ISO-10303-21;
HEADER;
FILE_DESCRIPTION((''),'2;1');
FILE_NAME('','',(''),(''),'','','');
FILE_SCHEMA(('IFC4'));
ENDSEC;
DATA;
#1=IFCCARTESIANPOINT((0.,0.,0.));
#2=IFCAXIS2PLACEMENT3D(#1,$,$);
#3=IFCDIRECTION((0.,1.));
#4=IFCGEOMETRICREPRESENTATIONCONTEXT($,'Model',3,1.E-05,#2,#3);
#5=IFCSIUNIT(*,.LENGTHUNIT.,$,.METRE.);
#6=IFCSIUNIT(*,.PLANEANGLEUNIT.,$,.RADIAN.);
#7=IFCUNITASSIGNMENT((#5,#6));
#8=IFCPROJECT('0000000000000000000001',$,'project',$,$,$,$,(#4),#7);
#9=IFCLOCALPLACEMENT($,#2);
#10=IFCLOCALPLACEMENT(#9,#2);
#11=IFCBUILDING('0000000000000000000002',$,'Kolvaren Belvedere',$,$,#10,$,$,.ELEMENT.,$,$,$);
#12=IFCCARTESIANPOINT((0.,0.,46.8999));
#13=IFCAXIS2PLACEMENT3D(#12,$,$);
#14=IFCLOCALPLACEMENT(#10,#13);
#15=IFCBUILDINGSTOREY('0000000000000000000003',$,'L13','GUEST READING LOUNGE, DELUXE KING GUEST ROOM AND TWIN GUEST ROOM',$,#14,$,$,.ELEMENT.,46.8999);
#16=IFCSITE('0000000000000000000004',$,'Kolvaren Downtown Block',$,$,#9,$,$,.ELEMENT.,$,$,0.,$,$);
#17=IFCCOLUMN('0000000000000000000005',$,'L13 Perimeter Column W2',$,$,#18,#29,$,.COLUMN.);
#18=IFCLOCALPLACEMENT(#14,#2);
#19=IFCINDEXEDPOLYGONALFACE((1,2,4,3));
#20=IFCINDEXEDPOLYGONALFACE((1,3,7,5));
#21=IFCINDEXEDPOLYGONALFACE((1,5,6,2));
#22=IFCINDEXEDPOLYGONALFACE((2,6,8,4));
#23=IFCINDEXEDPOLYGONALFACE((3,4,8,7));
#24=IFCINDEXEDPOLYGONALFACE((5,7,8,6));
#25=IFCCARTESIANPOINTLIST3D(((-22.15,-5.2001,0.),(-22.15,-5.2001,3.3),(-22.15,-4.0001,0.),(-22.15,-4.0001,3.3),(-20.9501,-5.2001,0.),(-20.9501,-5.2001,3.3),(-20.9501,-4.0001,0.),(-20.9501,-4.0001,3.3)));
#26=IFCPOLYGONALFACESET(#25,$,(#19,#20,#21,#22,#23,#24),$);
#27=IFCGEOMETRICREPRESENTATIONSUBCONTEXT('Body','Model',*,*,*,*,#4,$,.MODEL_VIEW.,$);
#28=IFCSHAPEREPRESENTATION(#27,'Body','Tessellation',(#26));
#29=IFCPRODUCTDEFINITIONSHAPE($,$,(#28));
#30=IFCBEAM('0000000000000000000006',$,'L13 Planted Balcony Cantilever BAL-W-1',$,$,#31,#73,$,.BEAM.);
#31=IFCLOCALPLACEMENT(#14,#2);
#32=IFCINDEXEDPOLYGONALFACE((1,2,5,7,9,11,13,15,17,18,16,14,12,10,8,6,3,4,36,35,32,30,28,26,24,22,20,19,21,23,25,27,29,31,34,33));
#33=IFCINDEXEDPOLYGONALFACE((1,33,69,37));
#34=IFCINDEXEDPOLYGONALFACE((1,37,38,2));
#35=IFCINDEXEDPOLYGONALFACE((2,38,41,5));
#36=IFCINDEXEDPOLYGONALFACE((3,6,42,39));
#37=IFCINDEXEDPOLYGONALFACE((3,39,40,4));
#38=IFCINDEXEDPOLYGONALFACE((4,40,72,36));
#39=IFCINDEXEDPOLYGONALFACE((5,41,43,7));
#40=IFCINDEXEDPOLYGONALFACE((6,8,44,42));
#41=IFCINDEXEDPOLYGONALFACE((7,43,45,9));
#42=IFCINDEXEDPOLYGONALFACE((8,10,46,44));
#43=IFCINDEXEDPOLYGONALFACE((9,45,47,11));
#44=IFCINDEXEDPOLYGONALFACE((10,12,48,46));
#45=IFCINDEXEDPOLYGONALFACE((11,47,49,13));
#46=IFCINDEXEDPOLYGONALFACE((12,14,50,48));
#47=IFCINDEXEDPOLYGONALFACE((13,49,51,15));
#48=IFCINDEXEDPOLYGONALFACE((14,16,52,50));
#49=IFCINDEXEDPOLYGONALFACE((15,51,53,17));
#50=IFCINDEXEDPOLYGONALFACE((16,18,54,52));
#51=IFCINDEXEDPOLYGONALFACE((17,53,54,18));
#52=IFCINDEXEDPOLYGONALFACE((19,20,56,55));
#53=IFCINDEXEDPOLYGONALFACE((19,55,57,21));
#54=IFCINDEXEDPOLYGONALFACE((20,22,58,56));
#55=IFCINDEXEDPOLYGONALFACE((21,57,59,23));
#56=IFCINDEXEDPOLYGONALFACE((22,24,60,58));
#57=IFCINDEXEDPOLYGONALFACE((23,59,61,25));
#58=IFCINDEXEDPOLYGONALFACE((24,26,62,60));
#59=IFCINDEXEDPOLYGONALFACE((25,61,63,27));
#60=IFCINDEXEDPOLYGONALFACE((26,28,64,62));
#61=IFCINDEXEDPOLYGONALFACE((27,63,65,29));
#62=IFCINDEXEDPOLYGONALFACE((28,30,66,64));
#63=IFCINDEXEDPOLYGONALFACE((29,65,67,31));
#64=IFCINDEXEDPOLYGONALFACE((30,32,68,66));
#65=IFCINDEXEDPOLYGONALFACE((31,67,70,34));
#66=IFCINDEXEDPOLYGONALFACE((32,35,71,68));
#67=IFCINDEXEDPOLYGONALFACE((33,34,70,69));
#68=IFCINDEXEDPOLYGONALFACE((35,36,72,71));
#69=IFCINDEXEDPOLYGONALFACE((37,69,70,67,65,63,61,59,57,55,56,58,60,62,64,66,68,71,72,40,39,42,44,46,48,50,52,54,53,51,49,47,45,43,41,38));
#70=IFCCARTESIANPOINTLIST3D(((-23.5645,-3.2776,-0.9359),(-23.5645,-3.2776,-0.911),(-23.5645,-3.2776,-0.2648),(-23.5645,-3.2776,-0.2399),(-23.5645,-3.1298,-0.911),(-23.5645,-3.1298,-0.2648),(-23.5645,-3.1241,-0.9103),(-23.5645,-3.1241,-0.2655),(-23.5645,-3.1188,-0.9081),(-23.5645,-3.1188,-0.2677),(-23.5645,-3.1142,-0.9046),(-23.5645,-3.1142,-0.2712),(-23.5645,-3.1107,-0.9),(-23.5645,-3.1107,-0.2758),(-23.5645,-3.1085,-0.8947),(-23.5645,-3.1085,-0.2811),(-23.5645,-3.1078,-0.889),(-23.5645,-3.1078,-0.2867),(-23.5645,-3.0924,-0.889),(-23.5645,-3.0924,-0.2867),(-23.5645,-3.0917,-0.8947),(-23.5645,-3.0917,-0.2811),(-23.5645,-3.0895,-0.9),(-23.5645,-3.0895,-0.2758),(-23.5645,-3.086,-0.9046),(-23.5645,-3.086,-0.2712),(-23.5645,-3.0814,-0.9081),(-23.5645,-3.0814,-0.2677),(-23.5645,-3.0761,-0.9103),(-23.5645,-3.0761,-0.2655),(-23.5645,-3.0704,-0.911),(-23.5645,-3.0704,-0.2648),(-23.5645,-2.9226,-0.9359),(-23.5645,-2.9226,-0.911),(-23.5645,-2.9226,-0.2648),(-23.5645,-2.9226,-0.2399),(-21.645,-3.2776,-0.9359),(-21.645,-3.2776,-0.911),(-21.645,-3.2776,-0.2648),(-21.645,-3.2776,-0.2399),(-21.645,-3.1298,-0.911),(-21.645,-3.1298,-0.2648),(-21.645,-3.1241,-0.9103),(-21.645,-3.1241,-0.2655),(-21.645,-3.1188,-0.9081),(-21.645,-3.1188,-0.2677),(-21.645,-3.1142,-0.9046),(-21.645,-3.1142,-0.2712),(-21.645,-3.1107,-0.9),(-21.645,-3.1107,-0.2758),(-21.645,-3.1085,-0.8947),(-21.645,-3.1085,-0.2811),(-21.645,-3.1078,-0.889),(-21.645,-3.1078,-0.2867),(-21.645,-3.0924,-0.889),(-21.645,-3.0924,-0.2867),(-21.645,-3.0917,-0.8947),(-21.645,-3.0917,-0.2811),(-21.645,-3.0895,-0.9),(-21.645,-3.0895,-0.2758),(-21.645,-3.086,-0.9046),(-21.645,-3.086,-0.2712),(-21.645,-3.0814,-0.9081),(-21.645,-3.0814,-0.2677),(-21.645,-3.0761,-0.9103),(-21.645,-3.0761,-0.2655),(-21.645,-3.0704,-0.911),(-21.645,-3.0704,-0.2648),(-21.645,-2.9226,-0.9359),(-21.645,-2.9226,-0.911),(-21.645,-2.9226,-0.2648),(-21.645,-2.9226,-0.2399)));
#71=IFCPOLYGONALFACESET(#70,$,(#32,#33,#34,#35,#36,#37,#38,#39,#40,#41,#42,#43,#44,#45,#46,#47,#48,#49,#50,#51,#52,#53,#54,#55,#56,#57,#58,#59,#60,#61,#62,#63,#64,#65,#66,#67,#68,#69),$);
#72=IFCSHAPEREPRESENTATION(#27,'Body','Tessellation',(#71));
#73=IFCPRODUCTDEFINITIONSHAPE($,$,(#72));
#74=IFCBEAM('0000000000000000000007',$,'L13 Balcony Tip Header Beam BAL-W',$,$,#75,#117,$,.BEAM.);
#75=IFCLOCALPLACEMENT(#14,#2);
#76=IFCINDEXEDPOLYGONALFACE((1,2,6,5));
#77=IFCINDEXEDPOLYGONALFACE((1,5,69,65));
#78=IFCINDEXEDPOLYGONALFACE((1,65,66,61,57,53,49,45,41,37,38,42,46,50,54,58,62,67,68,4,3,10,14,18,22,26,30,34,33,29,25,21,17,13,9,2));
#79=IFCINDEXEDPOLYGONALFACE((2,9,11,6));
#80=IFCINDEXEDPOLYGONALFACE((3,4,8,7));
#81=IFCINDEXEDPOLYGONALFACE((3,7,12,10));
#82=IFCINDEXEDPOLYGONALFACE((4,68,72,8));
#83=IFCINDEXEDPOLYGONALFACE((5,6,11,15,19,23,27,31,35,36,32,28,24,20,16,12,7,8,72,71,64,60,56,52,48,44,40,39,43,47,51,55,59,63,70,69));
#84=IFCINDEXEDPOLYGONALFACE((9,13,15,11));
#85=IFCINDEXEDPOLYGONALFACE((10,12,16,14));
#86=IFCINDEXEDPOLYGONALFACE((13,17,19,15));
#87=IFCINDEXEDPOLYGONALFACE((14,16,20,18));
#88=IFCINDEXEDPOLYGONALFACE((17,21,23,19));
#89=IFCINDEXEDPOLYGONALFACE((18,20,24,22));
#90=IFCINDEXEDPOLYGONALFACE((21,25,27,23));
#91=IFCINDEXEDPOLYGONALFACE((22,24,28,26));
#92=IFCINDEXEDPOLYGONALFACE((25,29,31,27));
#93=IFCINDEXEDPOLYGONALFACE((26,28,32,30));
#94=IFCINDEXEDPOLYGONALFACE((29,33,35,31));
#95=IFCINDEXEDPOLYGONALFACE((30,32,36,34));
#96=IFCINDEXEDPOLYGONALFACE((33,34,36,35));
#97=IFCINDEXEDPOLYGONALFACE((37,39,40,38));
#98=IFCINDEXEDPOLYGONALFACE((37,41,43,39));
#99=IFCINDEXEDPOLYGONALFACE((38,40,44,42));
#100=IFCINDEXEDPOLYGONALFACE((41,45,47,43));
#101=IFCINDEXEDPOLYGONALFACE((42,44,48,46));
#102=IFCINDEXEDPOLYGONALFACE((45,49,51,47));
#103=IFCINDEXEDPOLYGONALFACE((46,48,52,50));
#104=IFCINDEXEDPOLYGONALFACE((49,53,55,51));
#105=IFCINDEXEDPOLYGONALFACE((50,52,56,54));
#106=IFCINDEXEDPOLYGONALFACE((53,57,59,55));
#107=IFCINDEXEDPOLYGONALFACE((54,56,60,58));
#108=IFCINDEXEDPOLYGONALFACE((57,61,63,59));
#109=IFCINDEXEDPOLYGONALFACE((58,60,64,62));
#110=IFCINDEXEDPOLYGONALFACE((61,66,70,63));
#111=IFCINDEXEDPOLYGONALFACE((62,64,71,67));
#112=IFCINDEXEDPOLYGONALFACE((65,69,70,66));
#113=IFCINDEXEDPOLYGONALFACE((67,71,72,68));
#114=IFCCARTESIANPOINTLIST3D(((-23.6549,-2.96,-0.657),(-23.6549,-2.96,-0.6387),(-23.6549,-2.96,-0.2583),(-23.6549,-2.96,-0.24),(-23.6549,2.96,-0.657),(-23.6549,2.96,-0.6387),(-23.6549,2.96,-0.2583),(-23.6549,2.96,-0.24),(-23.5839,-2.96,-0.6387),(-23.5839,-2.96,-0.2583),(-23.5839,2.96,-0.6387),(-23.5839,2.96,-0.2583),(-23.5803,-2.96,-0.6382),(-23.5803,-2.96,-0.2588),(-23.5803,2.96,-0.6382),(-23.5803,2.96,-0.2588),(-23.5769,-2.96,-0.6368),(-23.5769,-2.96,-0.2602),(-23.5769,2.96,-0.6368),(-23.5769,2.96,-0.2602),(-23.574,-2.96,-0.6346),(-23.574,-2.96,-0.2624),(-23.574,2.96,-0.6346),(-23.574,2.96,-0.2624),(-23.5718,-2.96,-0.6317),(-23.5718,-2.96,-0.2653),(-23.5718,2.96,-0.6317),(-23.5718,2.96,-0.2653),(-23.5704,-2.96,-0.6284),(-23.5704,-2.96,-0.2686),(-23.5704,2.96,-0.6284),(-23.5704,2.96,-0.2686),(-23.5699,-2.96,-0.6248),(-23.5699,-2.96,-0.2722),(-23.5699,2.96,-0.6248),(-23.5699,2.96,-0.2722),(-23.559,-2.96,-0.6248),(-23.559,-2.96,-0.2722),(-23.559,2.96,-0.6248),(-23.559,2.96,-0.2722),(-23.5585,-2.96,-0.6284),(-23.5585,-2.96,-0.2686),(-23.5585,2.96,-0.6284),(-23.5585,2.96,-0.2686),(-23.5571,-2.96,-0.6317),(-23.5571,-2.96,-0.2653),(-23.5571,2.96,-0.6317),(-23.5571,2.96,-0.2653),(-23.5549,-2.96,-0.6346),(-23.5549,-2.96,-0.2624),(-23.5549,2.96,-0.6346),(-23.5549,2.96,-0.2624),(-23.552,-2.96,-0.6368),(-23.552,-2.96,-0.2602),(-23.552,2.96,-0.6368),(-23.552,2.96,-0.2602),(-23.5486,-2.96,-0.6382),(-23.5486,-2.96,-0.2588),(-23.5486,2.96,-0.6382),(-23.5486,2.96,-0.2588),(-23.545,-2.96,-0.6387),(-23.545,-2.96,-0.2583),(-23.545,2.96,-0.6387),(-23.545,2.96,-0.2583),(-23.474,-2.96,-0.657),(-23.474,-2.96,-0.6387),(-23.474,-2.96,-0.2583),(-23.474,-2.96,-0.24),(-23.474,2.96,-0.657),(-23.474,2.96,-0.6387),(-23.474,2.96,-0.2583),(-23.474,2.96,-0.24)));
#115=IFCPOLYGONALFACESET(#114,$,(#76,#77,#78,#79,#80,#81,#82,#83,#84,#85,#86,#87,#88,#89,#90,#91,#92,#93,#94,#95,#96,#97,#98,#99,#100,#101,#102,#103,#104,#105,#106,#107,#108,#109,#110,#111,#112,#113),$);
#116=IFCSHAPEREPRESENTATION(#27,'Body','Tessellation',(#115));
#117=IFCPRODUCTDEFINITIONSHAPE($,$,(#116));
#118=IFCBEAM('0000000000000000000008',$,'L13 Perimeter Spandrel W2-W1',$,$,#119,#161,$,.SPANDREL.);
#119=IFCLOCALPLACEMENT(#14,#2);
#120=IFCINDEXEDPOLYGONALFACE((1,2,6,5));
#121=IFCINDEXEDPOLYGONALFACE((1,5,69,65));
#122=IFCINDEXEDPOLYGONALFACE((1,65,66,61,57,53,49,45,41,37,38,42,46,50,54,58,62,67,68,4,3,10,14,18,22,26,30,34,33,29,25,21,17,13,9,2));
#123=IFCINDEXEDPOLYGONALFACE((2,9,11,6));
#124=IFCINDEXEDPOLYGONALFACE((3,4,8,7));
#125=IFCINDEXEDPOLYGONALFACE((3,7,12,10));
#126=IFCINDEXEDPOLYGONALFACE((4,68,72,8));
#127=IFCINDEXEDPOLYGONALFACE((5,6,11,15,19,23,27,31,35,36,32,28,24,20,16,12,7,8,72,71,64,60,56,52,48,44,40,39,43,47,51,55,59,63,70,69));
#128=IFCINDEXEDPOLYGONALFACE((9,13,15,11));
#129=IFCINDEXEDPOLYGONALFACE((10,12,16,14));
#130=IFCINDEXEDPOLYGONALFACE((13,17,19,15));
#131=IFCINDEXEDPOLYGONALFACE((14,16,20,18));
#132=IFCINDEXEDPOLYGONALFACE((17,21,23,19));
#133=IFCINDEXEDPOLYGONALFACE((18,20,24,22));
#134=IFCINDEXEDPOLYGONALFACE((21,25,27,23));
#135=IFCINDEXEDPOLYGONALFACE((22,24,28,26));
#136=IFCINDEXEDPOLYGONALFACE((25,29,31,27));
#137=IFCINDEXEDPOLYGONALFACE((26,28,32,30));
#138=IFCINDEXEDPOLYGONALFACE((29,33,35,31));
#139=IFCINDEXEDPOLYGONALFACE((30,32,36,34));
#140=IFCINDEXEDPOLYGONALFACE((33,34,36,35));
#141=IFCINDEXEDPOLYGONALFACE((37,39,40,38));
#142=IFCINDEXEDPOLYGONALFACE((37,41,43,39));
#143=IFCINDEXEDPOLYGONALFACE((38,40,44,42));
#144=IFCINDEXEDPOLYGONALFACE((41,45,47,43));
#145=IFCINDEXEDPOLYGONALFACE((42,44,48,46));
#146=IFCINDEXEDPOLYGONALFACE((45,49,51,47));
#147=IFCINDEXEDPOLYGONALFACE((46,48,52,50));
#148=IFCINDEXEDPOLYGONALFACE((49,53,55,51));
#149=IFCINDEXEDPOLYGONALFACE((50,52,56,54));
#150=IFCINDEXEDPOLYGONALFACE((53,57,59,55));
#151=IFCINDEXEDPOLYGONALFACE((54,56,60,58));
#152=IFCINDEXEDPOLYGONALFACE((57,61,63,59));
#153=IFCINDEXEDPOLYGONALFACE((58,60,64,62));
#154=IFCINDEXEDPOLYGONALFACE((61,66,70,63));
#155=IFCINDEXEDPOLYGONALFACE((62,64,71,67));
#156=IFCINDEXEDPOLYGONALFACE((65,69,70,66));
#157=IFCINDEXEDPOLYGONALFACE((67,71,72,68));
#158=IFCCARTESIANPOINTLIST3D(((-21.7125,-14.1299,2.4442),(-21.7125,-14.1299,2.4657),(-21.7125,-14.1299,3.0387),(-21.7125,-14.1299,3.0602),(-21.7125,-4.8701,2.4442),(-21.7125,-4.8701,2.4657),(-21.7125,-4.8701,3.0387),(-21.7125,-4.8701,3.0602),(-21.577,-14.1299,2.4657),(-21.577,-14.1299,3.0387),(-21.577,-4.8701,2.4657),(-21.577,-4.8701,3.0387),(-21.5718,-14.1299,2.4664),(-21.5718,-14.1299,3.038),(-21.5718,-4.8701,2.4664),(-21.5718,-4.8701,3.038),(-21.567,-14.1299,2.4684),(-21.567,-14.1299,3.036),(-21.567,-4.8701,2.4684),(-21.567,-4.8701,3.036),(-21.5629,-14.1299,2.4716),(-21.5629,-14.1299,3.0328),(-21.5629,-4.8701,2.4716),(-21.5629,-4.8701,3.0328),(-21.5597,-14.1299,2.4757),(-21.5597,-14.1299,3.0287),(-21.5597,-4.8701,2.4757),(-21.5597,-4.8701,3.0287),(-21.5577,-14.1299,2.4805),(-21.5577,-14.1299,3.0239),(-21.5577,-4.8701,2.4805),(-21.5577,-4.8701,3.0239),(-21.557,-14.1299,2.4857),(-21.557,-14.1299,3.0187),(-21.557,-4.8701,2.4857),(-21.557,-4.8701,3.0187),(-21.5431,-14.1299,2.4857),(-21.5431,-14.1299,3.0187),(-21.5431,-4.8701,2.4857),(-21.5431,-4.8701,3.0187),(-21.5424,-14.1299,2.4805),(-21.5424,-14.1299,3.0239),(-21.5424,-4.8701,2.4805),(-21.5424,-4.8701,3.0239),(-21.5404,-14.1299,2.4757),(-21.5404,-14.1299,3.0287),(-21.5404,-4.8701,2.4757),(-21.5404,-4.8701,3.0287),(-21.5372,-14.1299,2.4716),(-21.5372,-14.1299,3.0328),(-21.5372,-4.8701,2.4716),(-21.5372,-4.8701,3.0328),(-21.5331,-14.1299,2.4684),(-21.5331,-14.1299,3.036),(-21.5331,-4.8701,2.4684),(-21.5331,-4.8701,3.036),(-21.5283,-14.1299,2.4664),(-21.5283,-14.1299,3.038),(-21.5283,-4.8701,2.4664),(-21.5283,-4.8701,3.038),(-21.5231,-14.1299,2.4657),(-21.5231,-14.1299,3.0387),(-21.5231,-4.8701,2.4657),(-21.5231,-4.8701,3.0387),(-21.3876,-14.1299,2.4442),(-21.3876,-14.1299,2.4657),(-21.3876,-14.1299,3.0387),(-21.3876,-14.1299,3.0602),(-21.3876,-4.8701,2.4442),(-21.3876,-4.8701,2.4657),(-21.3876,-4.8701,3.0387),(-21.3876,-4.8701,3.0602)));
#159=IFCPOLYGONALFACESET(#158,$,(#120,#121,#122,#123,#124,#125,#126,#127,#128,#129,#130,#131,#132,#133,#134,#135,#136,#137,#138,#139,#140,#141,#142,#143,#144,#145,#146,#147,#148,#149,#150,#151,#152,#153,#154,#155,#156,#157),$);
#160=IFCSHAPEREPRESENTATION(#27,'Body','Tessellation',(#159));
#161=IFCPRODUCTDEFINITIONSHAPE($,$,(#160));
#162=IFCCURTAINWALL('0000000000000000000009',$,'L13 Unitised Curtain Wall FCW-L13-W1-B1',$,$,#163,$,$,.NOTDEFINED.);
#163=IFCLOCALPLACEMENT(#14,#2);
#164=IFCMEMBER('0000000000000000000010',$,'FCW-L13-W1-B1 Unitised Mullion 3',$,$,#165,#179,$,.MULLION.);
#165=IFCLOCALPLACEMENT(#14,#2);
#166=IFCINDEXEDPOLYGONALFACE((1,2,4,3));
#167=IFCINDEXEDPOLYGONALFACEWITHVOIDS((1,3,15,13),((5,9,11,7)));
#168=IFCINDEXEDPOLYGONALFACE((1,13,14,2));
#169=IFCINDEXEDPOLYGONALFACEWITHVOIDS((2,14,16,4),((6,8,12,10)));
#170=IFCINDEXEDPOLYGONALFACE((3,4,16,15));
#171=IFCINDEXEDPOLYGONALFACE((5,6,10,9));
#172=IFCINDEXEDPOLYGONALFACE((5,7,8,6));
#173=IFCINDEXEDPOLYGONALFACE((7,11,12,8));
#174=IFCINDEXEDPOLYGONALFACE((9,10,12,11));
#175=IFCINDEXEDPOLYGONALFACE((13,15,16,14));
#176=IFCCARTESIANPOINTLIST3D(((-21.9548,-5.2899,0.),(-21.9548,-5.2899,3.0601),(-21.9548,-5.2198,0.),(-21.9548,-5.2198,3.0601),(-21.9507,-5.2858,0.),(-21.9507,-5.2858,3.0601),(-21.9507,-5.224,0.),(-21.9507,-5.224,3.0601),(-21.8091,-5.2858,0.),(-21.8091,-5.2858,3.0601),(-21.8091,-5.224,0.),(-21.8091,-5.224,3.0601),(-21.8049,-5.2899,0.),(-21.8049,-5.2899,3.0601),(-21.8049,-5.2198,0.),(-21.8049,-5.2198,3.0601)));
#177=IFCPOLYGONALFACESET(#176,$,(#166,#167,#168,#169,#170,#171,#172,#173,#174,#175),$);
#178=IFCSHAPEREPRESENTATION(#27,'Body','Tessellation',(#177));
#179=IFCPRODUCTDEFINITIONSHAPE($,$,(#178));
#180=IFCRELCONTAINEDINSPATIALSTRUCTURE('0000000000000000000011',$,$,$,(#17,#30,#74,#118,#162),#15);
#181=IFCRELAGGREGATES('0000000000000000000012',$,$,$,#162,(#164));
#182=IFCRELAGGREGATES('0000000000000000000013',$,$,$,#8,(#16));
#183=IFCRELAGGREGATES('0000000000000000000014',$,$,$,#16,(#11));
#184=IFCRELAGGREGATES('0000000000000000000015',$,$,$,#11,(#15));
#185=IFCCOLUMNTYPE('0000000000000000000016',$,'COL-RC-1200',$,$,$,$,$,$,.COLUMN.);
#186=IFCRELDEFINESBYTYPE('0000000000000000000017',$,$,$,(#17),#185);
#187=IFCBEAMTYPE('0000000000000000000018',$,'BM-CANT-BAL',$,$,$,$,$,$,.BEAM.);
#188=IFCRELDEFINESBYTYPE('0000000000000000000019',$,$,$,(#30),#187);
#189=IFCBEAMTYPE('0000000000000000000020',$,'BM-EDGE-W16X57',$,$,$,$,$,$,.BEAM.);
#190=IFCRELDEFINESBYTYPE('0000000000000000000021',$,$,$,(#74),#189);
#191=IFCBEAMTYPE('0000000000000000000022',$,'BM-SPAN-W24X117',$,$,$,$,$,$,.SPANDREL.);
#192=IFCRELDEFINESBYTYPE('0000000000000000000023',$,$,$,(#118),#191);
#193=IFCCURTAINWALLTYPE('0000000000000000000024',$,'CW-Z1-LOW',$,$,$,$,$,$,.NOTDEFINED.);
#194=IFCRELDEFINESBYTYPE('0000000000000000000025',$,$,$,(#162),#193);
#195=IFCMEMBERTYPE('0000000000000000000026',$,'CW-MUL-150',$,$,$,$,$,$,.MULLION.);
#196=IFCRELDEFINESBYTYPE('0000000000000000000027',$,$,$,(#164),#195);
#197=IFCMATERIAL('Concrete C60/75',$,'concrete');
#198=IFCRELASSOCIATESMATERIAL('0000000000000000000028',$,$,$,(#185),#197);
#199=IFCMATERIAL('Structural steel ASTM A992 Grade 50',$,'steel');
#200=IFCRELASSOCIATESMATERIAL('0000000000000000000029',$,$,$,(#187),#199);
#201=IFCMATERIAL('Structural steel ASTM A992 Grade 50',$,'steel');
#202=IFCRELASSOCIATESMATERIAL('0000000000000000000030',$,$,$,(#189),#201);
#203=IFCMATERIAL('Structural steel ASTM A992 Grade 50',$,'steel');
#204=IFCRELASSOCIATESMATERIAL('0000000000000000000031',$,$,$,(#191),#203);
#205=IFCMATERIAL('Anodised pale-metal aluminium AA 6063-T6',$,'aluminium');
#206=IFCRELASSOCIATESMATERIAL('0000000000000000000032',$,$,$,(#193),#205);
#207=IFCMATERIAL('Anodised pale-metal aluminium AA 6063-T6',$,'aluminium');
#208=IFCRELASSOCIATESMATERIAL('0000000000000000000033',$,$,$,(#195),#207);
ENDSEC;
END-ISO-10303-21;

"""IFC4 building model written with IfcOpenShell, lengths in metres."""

from ifc_helpers import new_model, si_unit, direction, frame, origin, origin_2d, place, context, subcontext, project, spatial, rectangle, hollow_rectangle, i_section, extrude, material, material_profile, profile_set, type_object, element, aggregate, save


model = new_model("IFC4")

# Units and contexts
model_context = context("Model", 3, precision=1e-05, world=origin(), true_north=direction((0.0, 1.0)))
body_context = subcontext(model_context, "Body", "Model", "MODEL_VIEW")
ifc_project = project(units=[si_unit("LENGTHUNIT", "METRE"), si_unit("PLANEANGLEUNIT", "RADIAN")], contexts=[model_context])

# Site, building, storey
site_placement = place(None, origin())
site = spatial("IfcSite", under=ifc_project, at=site_placement, Name="Kolvaren Downtown Block", CompositionType="ELEMENT", RefElevation=0.0)
building_placement = place(site_placement, origin())
building = spatial("IfcBuilding", under=site, at=building_placement, Name="Kolvaren Belvedere", CompositionType="ELEMENT")
storey_placement = place(building_placement, frame((0.0, 0.0, 46.8999)))
storey = spatial("IfcBuildingStorey", under=building, at=storey_placement, Name="L13", Description="GUEST READING LOUNGE, DELUXE KING GUEST ROOM AND TWIN GUEST ROOM", CompositionType="ELEMENT", Elevation=46.8999)

# Column
ifc_material_1 = material(Name="Concrete C60/75", Category="concrete")
ifc_material_profile_1 = material_profile(ifc_material_1, rectangle(XDim=1.2, YDim=1.2, at=origin_2d()), Name="RC 1200X1200")
ifc_profile_set_1 = profile_set([ifc_material_profile_1], Name="Concrete C60/75")
column_type = type_object("IfcColumnType", Name="COL-RC-1200", PredefinedType="COLUMN", material=ifc_profile_set_1)
column_placement = place(storey_placement, frame((-21.55, -4.6001, 0.0), z_axis=(0.0, 0.0, 1.0), x_axis=(1.0, 0.0, 0.0)))
element("IfcColumn", 1, at=column_placement, inside=storey, type_object=column_type, Name="L13 Perimeter Column W2", PredefinedType="COLUMN", context=body_context, shape_type="SweptSolid", body=[
    extrude(rectangle(XDim=1.2, YDim=1.2, at=origin_2d()), origin(), (0.0, 0.0, 1.0), 3.3),
])

# Beams
ifc_material_2 = material(Name="Structural steel ASTM A992 Grade 50", Category="steel")
ifc_material_profile_2 = material_profile(ifc_material_2, i_section(OverallWidth=0.355, OverallDepth=0.696, WebThickness=0.0154, FlangeThickness=0.0249, FilletRadius=0.022, at=origin_2d()), Name="W27X146")
ifc_profile_set_2 = profile_set([ifc_material_profile_2], Name="Structural steel ASTM A992 Grade 50")
beam_type_1 = type_object("IfcBeamType", Name="BM-CANT-BAL", PredefinedType="BEAM", material=ifc_profile_set_2)
beam_1_placement = place(storey_placement, frame((-21.645, -3.1001, -0.5879), z_axis=(-1.0, 0.0, 0.0), x_axis=(0.0, -1.0, 0.0)))
element("IfcBeam", 2, at=beam_1_placement, inside=storey, type_object=beam_type_1, Name="L13 Planted Balcony Cantilever BAL-W-1", PredefinedType="BEAM", context=body_context, shape_type="SweptSolid", body=[
    extrude(i_section(OverallWidth=0.355, OverallDepth=0.696, WebThickness=0.0154, FlangeThickness=0.0249, FilletRadius=0.022, at=origin_2d()), origin(), (0.0, 0.0, 1.0), 1.9194),
])
ifc_material_3 = material(Name="Structural steel ASTM A992 Grade 50", Category="steel")
ifc_material_profile_3 = material_profile(ifc_material_3, i_section(OverallWidth=0.1809, OverallDepth=0.417, WebThickness=0.011, FlangeThickness=0.0183, FilletRadius=0.0139, at=origin_2d()), Name="W16X57")
ifc_profile_set_3 = profile_set([ifc_material_profile_3], Name="Structural steel ASTM A992 Grade 50")
beam_type_2 = type_object("IfcBeamType", Name="BM-EDGE-W16X57", PredefinedType="BEAM", material=ifc_profile_set_3)
beam_2_placement = place(storey_placement, frame((-23.5645, -2.96, -0.4485), z_axis=(0.0, 1.0, 0.0), x_axis=(-1.0, 0.0, 0.0)))
element("IfcBeam", 3, at=beam_2_placement, inside=storey, type_object=beam_type_2, Name="L13 Balcony Tip Header Beam BAL-W", PredefinedType="BEAM", context=body_context, shape_type="SweptSolid", body=[
    extrude(i_section(OverallWidth=0.1809, OverallDepth=0.417, WebThickness=0.011, FlangeThickness=0.0183, FilletRadius=0.0139, at=origin_2d()), origin(), (0.0, 0.0, 1.0), 5.9199),
])
ifc_material_4 = material(Name="Structural steel ASTM A992 Grade 50", Category="steel")
ifc_material_profile_4 = material_profile(ifc_material_4, i_section(OverallWidth=0.325, OverallDepth=0.616, WebThickness=0.0139, FlangeThickness=0.0215, FilletRadius=0.02, at=origin_2d()), Name="W24X117")
ifc_profile_set_4 = profile_set([ifc_material_profile_4], Name="Structural steel ASTM A992 Grade 50")
beam_type_3 = type_object("IfcBeamType", Name="BM-SPAN-W24X117", PredefinedType="SPANDREL", material=ifc_profile_set_4)
beam_3_placement = place(storey_placement, frame((-21.55, -4.8701, 2.7522), z_axis=(0.0, -1.0, 0.0), x_axis=(1.0, 0.0, 0.0)))
element("IfcBeam", 4, at=beam_3_placement, inside=storey, type_object=beam_type_3, Name="L13 Perimeter Spandrel W2-W1", PredefinedType="SPANDREL", context=body_context, shape_type="SweptSolid", body=[
    extrude(i_section(OverallWidth=0.325, OverallDepth=0.616, WebThickness=0.0139, FlangeThickness=0.0215, FilletRadius=0.02, at=origin_2d()), origin(), (0.0, 0.0, 1.0), 9.2598),
])

# Curtain wall, member
ifc_material_5 = material(Name="Anodised pale-metal aluminium AA 6063-T6", Category="aluminium")
curtain_wall_type = type_object("IfcCurtainWallType", Name="CW-Z1-LOW", PredefinedType="NOTDEFINED", material=ifc_material_5)
curtain_wall_1_placement = place(storey_placement, origin())
curtain_wall_1 = element("IfcCurtainWall", 5, at=curtain_wall_1_placement, inside=storey, type_object=curtain_wall_type, Name="L13 Unitised Curtain Wall FCW-L13-W1-B1", PredefinedType="NOTDEFINED")
ifc_material_6 = material(Name="Anodised pale-metal aluminium AA 6063-T6", Category="aluminium")
ifc_material_profile_5 = material_profile(ifc_material_6, hollow_rectangle(XDim=0.0701, YDim=0.1499, WallThickness=0.0042, at=origin_2d()), Name="ALU-MUL-150X70")
ifc_profile_set_5 = profile_set([ifc_material_profile_5], Name="Anodised pale-metal aluminium AA 6063-T6")
member_type_1 = type_object("IfcMemberType", Name="CW-MUL-150", PredefinedType="MULLION", material=ifc_profile_set_5)
member_1_placement = place(storey_placement, frame((-21.8799, -5.2549, 0.0), z_axis=(0.0, 0.0, 1.0), x_axis=(0.0, 1.0, 0.0)))
member_1 = element("IfcMember", 6, at=member_1_placement, type_object=member_type_1, Name="FCW-L13-W1-B1 Unitised Mullion 3", PredefinedType="MULLION", context=body_context, shape_type="SweptSolid", body=[
    extrude(hollow_rectangle(XDim=0.0701, YDim=0.1499, WallThickness=0.0042, at=origin_2d()), origin(), (0.0, 0.0, 1.0), 3.0601),
])
aggregate(curtain_wall_1, [member_1])

save(model, "model.ifc")
